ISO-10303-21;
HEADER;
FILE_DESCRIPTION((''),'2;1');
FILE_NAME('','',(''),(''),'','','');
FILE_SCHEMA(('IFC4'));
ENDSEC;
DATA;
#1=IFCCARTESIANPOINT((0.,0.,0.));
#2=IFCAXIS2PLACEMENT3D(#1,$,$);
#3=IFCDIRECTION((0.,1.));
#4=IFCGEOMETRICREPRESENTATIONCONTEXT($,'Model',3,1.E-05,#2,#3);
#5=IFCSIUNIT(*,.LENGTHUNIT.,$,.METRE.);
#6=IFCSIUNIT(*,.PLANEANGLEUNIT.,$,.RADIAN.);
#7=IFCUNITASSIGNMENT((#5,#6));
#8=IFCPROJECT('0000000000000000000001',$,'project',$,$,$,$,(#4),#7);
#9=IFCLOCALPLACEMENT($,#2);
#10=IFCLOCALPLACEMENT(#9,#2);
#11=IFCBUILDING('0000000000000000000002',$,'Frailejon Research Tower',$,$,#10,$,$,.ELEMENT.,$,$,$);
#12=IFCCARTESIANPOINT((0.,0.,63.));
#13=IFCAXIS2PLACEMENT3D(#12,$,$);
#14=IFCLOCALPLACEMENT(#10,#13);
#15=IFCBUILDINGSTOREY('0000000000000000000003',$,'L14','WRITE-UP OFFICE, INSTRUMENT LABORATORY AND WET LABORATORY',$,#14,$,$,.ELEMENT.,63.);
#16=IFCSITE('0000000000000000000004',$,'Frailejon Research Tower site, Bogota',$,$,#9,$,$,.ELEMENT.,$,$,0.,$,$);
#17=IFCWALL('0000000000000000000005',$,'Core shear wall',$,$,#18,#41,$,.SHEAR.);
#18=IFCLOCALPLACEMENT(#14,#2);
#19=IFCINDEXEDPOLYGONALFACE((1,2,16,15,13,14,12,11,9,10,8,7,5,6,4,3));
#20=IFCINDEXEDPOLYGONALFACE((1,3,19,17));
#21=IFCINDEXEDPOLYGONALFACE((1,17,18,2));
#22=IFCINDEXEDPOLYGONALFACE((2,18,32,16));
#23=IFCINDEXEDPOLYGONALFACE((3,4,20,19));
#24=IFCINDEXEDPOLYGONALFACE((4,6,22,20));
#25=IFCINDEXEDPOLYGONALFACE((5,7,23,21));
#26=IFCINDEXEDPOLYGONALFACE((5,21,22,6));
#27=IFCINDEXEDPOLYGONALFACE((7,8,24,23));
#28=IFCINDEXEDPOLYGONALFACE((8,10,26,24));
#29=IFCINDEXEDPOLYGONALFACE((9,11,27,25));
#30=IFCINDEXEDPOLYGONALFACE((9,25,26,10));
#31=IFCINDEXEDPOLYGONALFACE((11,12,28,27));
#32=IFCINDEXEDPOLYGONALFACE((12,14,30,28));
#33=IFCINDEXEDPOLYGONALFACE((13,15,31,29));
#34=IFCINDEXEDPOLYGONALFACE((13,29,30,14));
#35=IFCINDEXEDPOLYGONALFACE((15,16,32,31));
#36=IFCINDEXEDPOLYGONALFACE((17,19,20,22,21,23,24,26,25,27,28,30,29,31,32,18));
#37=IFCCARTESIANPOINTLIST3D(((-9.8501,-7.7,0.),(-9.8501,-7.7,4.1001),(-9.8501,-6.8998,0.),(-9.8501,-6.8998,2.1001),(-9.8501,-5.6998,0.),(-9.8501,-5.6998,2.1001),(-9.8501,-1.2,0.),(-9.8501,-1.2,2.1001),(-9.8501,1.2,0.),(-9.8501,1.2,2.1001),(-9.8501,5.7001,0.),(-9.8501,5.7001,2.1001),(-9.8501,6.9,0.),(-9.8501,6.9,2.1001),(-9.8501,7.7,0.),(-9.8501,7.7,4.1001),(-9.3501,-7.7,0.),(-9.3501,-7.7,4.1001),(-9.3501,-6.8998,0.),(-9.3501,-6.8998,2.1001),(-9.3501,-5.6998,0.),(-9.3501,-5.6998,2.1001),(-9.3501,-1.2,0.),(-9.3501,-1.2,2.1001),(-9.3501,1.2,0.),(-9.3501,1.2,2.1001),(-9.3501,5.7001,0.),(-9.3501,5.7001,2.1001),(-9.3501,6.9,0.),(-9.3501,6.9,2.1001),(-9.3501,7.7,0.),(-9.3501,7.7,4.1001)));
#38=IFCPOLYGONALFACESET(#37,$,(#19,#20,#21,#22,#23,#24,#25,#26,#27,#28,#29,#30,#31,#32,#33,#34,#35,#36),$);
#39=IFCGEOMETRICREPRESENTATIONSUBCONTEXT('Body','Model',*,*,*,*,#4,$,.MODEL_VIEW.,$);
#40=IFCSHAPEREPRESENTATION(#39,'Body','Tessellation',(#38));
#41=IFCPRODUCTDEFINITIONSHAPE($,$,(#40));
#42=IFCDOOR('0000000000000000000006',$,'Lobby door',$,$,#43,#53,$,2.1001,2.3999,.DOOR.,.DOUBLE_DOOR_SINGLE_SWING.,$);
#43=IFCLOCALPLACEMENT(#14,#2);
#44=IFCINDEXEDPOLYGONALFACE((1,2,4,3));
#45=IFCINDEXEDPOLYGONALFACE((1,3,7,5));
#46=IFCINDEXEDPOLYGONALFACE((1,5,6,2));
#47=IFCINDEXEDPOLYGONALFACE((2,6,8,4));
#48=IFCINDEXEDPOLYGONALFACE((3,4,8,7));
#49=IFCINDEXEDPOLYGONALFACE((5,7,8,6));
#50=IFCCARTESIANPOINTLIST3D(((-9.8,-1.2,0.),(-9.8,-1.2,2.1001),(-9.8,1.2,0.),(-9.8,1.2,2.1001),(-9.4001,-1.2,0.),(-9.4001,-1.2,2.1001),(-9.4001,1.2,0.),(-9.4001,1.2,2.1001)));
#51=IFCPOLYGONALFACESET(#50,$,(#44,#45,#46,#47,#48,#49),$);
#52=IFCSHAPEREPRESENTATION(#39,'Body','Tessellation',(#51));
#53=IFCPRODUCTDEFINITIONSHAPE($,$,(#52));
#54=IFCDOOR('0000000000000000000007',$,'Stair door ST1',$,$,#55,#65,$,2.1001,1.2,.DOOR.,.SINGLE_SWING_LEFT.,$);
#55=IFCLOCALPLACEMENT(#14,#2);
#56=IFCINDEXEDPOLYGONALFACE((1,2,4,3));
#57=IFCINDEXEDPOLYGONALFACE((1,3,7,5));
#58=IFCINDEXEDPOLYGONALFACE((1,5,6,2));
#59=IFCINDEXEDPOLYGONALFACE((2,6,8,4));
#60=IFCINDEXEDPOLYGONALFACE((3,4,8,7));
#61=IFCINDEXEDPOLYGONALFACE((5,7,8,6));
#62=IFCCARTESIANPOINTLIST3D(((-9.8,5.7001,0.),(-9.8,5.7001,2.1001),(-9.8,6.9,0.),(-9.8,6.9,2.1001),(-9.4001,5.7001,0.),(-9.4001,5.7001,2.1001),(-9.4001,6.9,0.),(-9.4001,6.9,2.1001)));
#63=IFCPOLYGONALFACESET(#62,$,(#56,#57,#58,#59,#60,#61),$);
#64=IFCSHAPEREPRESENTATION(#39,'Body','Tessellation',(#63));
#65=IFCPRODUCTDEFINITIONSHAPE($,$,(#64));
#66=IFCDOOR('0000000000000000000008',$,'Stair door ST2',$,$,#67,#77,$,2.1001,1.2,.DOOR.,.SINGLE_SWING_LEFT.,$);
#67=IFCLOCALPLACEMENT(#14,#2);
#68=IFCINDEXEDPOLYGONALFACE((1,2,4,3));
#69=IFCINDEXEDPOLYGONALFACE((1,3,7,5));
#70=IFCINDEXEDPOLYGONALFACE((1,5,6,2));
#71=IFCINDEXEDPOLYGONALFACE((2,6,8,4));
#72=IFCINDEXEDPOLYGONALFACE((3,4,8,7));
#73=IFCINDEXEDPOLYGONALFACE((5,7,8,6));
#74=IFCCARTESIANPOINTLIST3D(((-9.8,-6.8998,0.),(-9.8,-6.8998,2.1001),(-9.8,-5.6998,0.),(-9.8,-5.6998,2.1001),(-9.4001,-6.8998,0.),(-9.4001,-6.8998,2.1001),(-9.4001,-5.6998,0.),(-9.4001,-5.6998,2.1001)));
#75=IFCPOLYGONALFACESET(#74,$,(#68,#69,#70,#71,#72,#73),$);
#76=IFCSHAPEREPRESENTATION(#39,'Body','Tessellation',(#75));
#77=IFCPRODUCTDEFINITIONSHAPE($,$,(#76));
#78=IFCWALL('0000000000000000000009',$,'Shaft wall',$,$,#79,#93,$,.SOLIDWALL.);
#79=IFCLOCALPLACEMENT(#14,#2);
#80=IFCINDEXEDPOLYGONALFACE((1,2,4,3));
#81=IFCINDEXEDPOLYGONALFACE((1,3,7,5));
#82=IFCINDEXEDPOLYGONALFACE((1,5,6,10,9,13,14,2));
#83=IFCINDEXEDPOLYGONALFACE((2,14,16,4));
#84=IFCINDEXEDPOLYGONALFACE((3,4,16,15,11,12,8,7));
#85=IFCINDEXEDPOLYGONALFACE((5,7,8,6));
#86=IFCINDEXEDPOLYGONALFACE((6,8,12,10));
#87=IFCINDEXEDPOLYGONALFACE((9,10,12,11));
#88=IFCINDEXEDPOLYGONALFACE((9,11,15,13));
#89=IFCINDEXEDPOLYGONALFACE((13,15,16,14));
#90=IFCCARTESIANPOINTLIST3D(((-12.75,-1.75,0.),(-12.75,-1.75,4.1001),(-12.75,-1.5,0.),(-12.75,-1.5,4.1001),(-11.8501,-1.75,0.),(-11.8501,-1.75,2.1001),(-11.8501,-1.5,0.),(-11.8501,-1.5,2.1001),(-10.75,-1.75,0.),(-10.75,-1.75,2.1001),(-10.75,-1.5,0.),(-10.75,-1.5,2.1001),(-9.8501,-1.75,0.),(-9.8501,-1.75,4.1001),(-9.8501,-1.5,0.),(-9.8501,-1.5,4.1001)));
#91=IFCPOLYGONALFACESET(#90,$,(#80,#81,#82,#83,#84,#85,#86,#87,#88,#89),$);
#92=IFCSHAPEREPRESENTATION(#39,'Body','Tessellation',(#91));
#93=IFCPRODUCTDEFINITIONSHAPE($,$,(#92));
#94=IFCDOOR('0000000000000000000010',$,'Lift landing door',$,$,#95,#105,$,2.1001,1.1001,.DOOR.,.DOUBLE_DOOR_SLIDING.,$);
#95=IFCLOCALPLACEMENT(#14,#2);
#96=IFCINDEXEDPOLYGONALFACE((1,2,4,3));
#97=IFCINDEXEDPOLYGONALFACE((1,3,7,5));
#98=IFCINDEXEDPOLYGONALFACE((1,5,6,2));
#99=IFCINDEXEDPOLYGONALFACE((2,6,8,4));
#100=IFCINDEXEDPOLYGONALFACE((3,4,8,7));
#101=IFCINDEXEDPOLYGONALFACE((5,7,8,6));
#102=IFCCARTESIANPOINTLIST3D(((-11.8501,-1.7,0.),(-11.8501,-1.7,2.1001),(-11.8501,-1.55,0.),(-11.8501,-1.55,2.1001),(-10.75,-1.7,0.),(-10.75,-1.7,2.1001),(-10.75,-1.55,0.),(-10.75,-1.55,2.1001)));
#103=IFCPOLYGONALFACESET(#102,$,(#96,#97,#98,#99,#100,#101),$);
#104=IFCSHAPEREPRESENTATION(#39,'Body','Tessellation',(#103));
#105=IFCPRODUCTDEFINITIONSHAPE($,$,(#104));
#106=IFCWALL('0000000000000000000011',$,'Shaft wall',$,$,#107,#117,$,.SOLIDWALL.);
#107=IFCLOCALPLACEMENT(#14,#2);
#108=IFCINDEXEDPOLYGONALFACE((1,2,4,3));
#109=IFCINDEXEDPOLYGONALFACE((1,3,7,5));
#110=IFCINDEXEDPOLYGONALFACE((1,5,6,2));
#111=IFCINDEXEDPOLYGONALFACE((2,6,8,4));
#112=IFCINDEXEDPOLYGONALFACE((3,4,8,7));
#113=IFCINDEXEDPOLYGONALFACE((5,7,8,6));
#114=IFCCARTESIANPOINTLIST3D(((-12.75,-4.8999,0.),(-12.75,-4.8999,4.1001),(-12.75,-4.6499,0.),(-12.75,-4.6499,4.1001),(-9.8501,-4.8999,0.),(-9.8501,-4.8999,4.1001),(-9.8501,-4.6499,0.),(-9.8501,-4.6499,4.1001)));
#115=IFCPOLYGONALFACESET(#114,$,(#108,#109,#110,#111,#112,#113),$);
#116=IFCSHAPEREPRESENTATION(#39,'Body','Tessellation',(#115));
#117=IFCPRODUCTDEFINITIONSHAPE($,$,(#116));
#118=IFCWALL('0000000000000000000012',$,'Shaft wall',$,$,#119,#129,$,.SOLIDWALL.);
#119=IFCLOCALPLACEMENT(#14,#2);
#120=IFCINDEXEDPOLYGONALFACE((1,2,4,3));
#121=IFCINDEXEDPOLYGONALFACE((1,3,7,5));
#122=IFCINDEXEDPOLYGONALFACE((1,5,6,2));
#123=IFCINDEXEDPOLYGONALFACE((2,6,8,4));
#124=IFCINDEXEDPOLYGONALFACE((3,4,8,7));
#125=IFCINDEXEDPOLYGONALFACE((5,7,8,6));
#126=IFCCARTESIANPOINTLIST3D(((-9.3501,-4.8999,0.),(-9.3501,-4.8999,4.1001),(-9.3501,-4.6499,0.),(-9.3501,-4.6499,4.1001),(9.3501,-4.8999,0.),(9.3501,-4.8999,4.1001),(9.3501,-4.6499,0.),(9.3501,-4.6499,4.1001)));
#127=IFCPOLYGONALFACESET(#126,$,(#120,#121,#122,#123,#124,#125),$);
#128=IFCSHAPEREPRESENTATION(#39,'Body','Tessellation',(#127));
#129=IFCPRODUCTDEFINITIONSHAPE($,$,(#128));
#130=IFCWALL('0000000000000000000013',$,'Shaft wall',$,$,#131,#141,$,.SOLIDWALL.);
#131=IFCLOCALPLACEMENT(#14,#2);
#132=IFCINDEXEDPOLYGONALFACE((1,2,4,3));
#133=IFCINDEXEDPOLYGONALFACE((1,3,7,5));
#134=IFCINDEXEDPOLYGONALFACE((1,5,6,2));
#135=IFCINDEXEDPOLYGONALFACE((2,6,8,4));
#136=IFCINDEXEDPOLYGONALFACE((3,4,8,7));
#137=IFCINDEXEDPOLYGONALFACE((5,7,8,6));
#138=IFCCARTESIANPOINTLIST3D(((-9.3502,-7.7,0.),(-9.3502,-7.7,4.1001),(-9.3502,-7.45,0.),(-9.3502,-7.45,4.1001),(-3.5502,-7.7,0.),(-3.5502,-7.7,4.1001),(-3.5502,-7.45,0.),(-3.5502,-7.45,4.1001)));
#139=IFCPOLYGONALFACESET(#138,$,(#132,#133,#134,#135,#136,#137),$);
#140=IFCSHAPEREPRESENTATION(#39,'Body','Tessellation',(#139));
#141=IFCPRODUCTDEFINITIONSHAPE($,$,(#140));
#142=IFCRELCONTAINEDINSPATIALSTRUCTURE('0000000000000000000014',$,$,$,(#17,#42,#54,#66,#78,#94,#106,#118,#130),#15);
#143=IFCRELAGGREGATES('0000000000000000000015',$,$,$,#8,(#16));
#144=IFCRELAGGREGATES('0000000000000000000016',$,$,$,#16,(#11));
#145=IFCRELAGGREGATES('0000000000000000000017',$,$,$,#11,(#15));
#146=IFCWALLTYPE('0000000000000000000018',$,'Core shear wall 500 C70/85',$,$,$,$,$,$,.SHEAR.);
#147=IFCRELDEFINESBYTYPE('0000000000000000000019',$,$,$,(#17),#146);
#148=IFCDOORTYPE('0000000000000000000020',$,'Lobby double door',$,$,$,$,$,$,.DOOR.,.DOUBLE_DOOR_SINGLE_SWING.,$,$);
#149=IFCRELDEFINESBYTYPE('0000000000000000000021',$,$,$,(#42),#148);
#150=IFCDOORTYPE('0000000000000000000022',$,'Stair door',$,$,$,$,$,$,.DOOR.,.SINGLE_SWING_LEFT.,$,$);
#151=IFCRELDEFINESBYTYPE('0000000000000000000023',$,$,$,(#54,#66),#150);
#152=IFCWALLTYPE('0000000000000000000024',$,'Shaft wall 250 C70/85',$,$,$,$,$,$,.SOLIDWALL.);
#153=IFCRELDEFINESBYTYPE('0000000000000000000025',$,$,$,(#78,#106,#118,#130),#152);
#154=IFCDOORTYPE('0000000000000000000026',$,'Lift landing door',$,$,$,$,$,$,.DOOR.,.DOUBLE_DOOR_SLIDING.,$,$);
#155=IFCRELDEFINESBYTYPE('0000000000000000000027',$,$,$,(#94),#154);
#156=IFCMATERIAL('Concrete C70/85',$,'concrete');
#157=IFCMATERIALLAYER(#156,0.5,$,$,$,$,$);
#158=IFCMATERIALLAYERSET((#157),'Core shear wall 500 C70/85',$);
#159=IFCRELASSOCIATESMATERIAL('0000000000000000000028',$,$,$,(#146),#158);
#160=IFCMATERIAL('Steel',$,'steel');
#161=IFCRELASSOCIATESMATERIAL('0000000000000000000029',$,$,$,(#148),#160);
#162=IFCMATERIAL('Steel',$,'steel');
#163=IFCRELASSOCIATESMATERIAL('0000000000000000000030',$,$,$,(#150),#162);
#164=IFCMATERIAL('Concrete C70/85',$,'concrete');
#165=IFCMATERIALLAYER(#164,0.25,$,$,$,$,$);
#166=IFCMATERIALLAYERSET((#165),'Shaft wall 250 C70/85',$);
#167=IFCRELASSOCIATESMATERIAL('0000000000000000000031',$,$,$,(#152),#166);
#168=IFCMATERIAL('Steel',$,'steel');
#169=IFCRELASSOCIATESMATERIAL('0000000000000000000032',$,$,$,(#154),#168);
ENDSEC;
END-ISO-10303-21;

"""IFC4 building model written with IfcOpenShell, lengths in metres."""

from ifc_helpers import new_model, si_unit, direction, frame, frame_2d, origin, place, context, subcontext, project, spatial, rectangle, extrude, material, layer, layer_set, type_object, element, fill, save


model = new_model("IFC4")

# Units and contexts
model_context = context("Model", 3, precision=1e-05, world=origin(), true_north=direction((0.0, 1.0)))
body_context = subcontext(model_context, "Body", "Model", "MODEL_VIEW")
ifc_project = project(units=[si_unit("LENGTHUNIT", "METRE"), si_unit("PLANEANGLEUNIT", "RADIAN")], contexts=[model_context])

# Site, building, storey
site_placement = place(None, origin())
site = spatial("IfcSite", under=ifc_project, at=site_placement, Name="Frailejon Research Tower site, Bogota", CompositionType="ELEMENT", RefElevation=0.0)
building_placement = place(site_placement, origin())
building = spatial("IfcBuilding", under=site, at=building_placement, Name="Frailejon Research Tower", CompositionType="ELEMENT")
storey_placement = place(building_placement, frame((0.0, 0.0, 63.0)))
storey = spatial("IfcBuildingStorey", under=building, at=storey_placement, Name="L14", Description="WRITE-UP OFFICE, INSTRUMENT LABORATORY AND WET LABORATORY", CompositionType="ELEMENT", Elevation=63.0)

# Wall, openings, doors
ifc_material_1 = material(Name="Concrete C70/85", Category="concrete")
ifc_layer_1 = layer(ifc_material_1, 0.5)
ifc_layer_set_1 = layer_set([ifc_layer_1], Name="Core shear wall 500 C70/85")
wall_type_1 = type_object("IfcWallType", Name="Core shear wall 500 C70/85", PredefinedType="SHEAR", material=ifc_layer_set_1)
wall_1_placement = place(storey_placement, frame((-9.6001, -7.7, 0.0), z_axis=(0.0, 0.0, 1.0), x_axis=(0.0, 1.0, 0.0)))
wall_1 = element("IfcWall", 1, at=wall_1_placement, inside=storey, type_object=wall_type_1, Name="Core shear wall", PredefinedType="SHEAR", context=body_context, shape_type="SweptSolid", body=[
    extrude(rectangle(XDim=15.3999, YDim=0.5, at=frame_2d((7.7, 0.0))), origin(), (0.0, 0.0, 1.0), 4.1001),
])
opening_1_placement = place(wall_1_placement, frame((6.5, 0.0, 0.0)))
opening_1 = element("IfcOpeningElement", 2, at=opening_1_placement, cuts=wall_1, PredefinedType="OPENING", context=body_context, shape_type="SweptSolid", body=[
    extrude(rectangle(XDim=2.3999, YDim=2.1001, at=frame_2d((1.2, 1.05))), frame((0.0, 0.26, 0.0), z_axis=(0.0, -1.0, 0.0), x_axis=(1.0, 0.0, 0.0)), (0.0, 0.0, 1.0), 0.52),
])
opening_2_placement = place(wall_1_placement, frame((13.3999, 0.0, 0.0)))
opening_2 = element("IfcOpeningElement", 3, at=opening_2_placement, cuts=wall_1, PredefinedType="OPENING", context=body_context, shape_type="SweptSolid", body=[
    extrude(rectangle(XDim=1.2, YDim=2.1001, at=frame_2d((0.6001, 1.05))), frame((0.0, 0.26, 0.0), z_axis=(0.0, -1.0, 0.0), x_axis=(1.0, 0.0, 0.0)), (0.0, 0.0, 1.0), 0.52),
])
opening_3_placement = place(wall_1_placement, frame((0.8, 0.0, 0.0)))
opening_3 = element("IfcOpeningElement", 4, at=opening_3_placement, cuts=wall_1, PredefinedType="OPENING", context=body_context, shape_type="SweptSolid", body=[
    extrude(rectangle(XDim=1.2, YDim=2.1001, at=frame_2d((0.6001, 1.05))), frame((0.0, 0.26, 0.0), z_axis=(0.0, -1.0, 0.0), x_axis=(1.0, 0.0, 0.0)), (0.0, 0.0, 1.0), 0.52),
])
ifc_material_2 = material(Name="Steel", Category="steel")
door_type_1 = type_object("IfcDoorType", Name="Lobby double door", OperationType="DOUBLE_DOOR_SINGLE_SWING", PredefinedType="DOOR", material=ifc_material_2)
door_1_placement = place(opening_1_placement, origin())
door_1 = element("IfcDoor", 5, at=door_1_placement, inside=storey, type_object=door_type_1, Name="Lobby door", OperationType="DOUBLE_DOOR_SINGLE_SWING", OverallHeight=2.1001, OverallWidth=2.3999, PredefinedType="DOOR", context=body_context, shape_type="SweptSolid", body=[
    extrude(rectangle(XDim=2.3999, YDim=2.1001, at=frame_2d((1.2, 1.05))), frame((0.0, 0.2, 0.0), z_axis=(0.0, -1.0, 0.0), x_axis=(1.0, 0.0, 0.0)), (0.0, 0.0, 1.0), 0.3999),
])
fill(opening_1, door_1)
ifc_material_3 = material(Name="Steel", Category="steel")
door_type_2 = type_object("IfcDoorType", Name="Stair door", OperationType="SINGLE_SWING_LEFT", PredefinedType="DOOR", material=ifc_material_3)
door_2_placement = place(opening_2_placement, origin())
door_2 = element("IfcDoor", 6, at=door_2_placement, inside=storey, type_object=door_type_2, Name="Stair door ST1", OperationType="SINGLE_SWING_LEFT", OverallHeight=2.1001, OverallWidth=1.2, PredefinedType="DOOR", context=body_context, shape_type="SweptSolid", body=[
    extrude(rectangle(XDim=1.2, YDim=2.1001, at=frame_2d((0.6001, 1.05))), frame((0.0, 0.2, 0.0), z_axis=(0.0, -1.0, 0.0), x_axis=(1.0, 0.0, 0.0)), (0.0, 0.0, 1.0), 0.3999),
])
fill(opening_2, door_2)
door_3_placement = place(opening_3_placement, origin())
door_3 = element("IfcDoor", 7, at=door_3_placement, inside=storey, type_object=door_type_2, Name="Stair door ST2", OperationType="SINGLE_SWING_LEFT", OverallHeight=2.1001, OverallWidth=1.2, PredefinedType="DOOR", context=body_context, shape_type="SweptSolid", body=[
    extrude(rectangle(XDim=1.2, YDim=2.1001, at=frame_2d((0.6001, 1.05))), frame((0.0, 0.2, 0.0), z_axis=(0.0, -1.0, 0.0), x_axis=(1.0, 0.0, 0.0)), (0.0, 0.0, 1.0), 0.3999),
])
fill(opening_3, door_3)

# Wall, opening, door
ifc_material_4 = material(Name="Concrete C70/85", Category="concrete")
ifc_layer_2 = layer(ifc_material_4, 0.25)
ifc_layer_set_2 = layer_set([ifc_layer_2], Name="Shaft wall 250 C70/85")
wall_type_2 = type_object("IfcWallType", Name="Shaft wall 250 C70/85", PredefinedType="SOLIDWALL", material=ifc_layer_set_2)
wall_2_placement = place(storey_placement, frame((-12.75, -1.625, 0.0), z_axis=(0.0, 0.0, 1.0), x_axis=(1.0, 0.0, 0.0)))
wall_2 = element("IfcWall", 8, at=wall_2_placement, inside=storey, type_object=wall_type_2, Name="Shaft wall", PredefinedType="SOLIDWALL", context=body_context, shape_type="SweptSolid", body=[
    extrude(rectangle(XDim=2.8999, YDim=0.25, at=frame_2d((1.45, 0.0))), origin(), (0.0, 0.0, 1.0), 4.1001),
])
opening_4_placement = place(wall_2_placement, frame((0.8999, 0.0, 0.0)))
opening_4 = element("IfcOpeningElement", 9, at=opening_4_placement, cuts=wall_2, PredefinedType="OPENING", context=body_context, shape_type="SweptSolid", body=[
    extrude(rectangle(XDim=1.1001, YDim=2.1001, at=frame_2d((0.55, 1.05))), frame((0.0, 0.135, 0.0), z_axis=(0.0, -1.0, 0.0), x_axis=(1.0, 0.0, 0.0)), (0.0, 0.0, 1.0), 0.27),
])
ifc_material_5 = material(Name="Steel", Category="steel")
door_type_3 = type_object("IfcDoorType", Name="Lift landing door", OperationType="DOUBLE_DOOR_SLIDING", PredefinedType="DOOR", material=ifc_material_5)
door_4_placement = place(opening_4_placement, origin())
door_4 = element("IfcDoor", 10, at=door_4_placement, inside=storey, type_object=door_type_3, Name="Lift landing door", OperationType="DOUBLE_DOOR_SLIDING", OverallHeight=2.1001, OverallWidth=1.1001, PredefinedType="DOOR", context=body_context, shape_type="SweptSolid", body=[
    extrude(rectangle(XDim=1.1001, YDim=2.1001, at=frame_2d((0.55, 1.05))), frame((0.0, 0.075, 0.0), z_axis=(0.0, -1.0, 0.0), x_axis=(1.0, 0.0, 0.0)), (0.0, 0.0, 1.0), 0.1499),
])
fill(opening_4, door_4)

# Walls
wall_3_placement = place(storey_placement, frame((-12.75, -4.7749, 0.0), z_axis=(0.0, 0.0, 1.0), x_axis=(1.0, 0.0, 0.0)))
element("IfcWall", 11, at=wall_3_placement, inside=storey, type_object=wall_type_2, Name="Shaft wall", PredefinedType="SOLIDWALL", context=body_context, shape_type="SweptSolid", body=[
    extrude(rectangle(XDim=2.8999, YDim=0.25, at=frame_2d((1.45, 0.0))), origin(), (0.0, 0.0, 1.0), 4.1001),
])
wall_4_placement = place(storey_placement, frame((-9.3501, -4.7749, 0.0), z_axis=(0.0, 0.0, 1.0), x_axis=(1.0, 0.0, 0.0)))
element("IfcWall", 12, at=wall_4_placement, inside=storey, type_object=wall_type_2, Name="Shaft wall", PredefinedType="SOLIDWALL", context=body_context, shape_type="SweptSolid", body=[
    extrude(rectangle(XDim=18.7002, YDim=0.25, at=frame_2d((9.3501, 0.0))), origin(), (0.0, 0.0, 1.0), 4.1001),
])
wall_5_placement = place(storey_placement, frame((-9.3501, -7.575, 0.0), z_axis=(0.0, 0.0, 1.0), x_axis=(1.0, 0.0, 0.0)))
element("IfcWall", 13, at=wall_5_placement, inside=storey, type_object=wall_type_2, Name="Shaft wall", PredefinedType="SOLIDWALL", context=body_context, shape_type="SweptSolid", body=[
    extrude(rectangle(XDim=5.8, YDim=0.25, at=frame_2d((2.8999, 0.0))), origin(), (0.0, 0.0, 1.0), 4.1001),
])

save(model, "model.ifc")
